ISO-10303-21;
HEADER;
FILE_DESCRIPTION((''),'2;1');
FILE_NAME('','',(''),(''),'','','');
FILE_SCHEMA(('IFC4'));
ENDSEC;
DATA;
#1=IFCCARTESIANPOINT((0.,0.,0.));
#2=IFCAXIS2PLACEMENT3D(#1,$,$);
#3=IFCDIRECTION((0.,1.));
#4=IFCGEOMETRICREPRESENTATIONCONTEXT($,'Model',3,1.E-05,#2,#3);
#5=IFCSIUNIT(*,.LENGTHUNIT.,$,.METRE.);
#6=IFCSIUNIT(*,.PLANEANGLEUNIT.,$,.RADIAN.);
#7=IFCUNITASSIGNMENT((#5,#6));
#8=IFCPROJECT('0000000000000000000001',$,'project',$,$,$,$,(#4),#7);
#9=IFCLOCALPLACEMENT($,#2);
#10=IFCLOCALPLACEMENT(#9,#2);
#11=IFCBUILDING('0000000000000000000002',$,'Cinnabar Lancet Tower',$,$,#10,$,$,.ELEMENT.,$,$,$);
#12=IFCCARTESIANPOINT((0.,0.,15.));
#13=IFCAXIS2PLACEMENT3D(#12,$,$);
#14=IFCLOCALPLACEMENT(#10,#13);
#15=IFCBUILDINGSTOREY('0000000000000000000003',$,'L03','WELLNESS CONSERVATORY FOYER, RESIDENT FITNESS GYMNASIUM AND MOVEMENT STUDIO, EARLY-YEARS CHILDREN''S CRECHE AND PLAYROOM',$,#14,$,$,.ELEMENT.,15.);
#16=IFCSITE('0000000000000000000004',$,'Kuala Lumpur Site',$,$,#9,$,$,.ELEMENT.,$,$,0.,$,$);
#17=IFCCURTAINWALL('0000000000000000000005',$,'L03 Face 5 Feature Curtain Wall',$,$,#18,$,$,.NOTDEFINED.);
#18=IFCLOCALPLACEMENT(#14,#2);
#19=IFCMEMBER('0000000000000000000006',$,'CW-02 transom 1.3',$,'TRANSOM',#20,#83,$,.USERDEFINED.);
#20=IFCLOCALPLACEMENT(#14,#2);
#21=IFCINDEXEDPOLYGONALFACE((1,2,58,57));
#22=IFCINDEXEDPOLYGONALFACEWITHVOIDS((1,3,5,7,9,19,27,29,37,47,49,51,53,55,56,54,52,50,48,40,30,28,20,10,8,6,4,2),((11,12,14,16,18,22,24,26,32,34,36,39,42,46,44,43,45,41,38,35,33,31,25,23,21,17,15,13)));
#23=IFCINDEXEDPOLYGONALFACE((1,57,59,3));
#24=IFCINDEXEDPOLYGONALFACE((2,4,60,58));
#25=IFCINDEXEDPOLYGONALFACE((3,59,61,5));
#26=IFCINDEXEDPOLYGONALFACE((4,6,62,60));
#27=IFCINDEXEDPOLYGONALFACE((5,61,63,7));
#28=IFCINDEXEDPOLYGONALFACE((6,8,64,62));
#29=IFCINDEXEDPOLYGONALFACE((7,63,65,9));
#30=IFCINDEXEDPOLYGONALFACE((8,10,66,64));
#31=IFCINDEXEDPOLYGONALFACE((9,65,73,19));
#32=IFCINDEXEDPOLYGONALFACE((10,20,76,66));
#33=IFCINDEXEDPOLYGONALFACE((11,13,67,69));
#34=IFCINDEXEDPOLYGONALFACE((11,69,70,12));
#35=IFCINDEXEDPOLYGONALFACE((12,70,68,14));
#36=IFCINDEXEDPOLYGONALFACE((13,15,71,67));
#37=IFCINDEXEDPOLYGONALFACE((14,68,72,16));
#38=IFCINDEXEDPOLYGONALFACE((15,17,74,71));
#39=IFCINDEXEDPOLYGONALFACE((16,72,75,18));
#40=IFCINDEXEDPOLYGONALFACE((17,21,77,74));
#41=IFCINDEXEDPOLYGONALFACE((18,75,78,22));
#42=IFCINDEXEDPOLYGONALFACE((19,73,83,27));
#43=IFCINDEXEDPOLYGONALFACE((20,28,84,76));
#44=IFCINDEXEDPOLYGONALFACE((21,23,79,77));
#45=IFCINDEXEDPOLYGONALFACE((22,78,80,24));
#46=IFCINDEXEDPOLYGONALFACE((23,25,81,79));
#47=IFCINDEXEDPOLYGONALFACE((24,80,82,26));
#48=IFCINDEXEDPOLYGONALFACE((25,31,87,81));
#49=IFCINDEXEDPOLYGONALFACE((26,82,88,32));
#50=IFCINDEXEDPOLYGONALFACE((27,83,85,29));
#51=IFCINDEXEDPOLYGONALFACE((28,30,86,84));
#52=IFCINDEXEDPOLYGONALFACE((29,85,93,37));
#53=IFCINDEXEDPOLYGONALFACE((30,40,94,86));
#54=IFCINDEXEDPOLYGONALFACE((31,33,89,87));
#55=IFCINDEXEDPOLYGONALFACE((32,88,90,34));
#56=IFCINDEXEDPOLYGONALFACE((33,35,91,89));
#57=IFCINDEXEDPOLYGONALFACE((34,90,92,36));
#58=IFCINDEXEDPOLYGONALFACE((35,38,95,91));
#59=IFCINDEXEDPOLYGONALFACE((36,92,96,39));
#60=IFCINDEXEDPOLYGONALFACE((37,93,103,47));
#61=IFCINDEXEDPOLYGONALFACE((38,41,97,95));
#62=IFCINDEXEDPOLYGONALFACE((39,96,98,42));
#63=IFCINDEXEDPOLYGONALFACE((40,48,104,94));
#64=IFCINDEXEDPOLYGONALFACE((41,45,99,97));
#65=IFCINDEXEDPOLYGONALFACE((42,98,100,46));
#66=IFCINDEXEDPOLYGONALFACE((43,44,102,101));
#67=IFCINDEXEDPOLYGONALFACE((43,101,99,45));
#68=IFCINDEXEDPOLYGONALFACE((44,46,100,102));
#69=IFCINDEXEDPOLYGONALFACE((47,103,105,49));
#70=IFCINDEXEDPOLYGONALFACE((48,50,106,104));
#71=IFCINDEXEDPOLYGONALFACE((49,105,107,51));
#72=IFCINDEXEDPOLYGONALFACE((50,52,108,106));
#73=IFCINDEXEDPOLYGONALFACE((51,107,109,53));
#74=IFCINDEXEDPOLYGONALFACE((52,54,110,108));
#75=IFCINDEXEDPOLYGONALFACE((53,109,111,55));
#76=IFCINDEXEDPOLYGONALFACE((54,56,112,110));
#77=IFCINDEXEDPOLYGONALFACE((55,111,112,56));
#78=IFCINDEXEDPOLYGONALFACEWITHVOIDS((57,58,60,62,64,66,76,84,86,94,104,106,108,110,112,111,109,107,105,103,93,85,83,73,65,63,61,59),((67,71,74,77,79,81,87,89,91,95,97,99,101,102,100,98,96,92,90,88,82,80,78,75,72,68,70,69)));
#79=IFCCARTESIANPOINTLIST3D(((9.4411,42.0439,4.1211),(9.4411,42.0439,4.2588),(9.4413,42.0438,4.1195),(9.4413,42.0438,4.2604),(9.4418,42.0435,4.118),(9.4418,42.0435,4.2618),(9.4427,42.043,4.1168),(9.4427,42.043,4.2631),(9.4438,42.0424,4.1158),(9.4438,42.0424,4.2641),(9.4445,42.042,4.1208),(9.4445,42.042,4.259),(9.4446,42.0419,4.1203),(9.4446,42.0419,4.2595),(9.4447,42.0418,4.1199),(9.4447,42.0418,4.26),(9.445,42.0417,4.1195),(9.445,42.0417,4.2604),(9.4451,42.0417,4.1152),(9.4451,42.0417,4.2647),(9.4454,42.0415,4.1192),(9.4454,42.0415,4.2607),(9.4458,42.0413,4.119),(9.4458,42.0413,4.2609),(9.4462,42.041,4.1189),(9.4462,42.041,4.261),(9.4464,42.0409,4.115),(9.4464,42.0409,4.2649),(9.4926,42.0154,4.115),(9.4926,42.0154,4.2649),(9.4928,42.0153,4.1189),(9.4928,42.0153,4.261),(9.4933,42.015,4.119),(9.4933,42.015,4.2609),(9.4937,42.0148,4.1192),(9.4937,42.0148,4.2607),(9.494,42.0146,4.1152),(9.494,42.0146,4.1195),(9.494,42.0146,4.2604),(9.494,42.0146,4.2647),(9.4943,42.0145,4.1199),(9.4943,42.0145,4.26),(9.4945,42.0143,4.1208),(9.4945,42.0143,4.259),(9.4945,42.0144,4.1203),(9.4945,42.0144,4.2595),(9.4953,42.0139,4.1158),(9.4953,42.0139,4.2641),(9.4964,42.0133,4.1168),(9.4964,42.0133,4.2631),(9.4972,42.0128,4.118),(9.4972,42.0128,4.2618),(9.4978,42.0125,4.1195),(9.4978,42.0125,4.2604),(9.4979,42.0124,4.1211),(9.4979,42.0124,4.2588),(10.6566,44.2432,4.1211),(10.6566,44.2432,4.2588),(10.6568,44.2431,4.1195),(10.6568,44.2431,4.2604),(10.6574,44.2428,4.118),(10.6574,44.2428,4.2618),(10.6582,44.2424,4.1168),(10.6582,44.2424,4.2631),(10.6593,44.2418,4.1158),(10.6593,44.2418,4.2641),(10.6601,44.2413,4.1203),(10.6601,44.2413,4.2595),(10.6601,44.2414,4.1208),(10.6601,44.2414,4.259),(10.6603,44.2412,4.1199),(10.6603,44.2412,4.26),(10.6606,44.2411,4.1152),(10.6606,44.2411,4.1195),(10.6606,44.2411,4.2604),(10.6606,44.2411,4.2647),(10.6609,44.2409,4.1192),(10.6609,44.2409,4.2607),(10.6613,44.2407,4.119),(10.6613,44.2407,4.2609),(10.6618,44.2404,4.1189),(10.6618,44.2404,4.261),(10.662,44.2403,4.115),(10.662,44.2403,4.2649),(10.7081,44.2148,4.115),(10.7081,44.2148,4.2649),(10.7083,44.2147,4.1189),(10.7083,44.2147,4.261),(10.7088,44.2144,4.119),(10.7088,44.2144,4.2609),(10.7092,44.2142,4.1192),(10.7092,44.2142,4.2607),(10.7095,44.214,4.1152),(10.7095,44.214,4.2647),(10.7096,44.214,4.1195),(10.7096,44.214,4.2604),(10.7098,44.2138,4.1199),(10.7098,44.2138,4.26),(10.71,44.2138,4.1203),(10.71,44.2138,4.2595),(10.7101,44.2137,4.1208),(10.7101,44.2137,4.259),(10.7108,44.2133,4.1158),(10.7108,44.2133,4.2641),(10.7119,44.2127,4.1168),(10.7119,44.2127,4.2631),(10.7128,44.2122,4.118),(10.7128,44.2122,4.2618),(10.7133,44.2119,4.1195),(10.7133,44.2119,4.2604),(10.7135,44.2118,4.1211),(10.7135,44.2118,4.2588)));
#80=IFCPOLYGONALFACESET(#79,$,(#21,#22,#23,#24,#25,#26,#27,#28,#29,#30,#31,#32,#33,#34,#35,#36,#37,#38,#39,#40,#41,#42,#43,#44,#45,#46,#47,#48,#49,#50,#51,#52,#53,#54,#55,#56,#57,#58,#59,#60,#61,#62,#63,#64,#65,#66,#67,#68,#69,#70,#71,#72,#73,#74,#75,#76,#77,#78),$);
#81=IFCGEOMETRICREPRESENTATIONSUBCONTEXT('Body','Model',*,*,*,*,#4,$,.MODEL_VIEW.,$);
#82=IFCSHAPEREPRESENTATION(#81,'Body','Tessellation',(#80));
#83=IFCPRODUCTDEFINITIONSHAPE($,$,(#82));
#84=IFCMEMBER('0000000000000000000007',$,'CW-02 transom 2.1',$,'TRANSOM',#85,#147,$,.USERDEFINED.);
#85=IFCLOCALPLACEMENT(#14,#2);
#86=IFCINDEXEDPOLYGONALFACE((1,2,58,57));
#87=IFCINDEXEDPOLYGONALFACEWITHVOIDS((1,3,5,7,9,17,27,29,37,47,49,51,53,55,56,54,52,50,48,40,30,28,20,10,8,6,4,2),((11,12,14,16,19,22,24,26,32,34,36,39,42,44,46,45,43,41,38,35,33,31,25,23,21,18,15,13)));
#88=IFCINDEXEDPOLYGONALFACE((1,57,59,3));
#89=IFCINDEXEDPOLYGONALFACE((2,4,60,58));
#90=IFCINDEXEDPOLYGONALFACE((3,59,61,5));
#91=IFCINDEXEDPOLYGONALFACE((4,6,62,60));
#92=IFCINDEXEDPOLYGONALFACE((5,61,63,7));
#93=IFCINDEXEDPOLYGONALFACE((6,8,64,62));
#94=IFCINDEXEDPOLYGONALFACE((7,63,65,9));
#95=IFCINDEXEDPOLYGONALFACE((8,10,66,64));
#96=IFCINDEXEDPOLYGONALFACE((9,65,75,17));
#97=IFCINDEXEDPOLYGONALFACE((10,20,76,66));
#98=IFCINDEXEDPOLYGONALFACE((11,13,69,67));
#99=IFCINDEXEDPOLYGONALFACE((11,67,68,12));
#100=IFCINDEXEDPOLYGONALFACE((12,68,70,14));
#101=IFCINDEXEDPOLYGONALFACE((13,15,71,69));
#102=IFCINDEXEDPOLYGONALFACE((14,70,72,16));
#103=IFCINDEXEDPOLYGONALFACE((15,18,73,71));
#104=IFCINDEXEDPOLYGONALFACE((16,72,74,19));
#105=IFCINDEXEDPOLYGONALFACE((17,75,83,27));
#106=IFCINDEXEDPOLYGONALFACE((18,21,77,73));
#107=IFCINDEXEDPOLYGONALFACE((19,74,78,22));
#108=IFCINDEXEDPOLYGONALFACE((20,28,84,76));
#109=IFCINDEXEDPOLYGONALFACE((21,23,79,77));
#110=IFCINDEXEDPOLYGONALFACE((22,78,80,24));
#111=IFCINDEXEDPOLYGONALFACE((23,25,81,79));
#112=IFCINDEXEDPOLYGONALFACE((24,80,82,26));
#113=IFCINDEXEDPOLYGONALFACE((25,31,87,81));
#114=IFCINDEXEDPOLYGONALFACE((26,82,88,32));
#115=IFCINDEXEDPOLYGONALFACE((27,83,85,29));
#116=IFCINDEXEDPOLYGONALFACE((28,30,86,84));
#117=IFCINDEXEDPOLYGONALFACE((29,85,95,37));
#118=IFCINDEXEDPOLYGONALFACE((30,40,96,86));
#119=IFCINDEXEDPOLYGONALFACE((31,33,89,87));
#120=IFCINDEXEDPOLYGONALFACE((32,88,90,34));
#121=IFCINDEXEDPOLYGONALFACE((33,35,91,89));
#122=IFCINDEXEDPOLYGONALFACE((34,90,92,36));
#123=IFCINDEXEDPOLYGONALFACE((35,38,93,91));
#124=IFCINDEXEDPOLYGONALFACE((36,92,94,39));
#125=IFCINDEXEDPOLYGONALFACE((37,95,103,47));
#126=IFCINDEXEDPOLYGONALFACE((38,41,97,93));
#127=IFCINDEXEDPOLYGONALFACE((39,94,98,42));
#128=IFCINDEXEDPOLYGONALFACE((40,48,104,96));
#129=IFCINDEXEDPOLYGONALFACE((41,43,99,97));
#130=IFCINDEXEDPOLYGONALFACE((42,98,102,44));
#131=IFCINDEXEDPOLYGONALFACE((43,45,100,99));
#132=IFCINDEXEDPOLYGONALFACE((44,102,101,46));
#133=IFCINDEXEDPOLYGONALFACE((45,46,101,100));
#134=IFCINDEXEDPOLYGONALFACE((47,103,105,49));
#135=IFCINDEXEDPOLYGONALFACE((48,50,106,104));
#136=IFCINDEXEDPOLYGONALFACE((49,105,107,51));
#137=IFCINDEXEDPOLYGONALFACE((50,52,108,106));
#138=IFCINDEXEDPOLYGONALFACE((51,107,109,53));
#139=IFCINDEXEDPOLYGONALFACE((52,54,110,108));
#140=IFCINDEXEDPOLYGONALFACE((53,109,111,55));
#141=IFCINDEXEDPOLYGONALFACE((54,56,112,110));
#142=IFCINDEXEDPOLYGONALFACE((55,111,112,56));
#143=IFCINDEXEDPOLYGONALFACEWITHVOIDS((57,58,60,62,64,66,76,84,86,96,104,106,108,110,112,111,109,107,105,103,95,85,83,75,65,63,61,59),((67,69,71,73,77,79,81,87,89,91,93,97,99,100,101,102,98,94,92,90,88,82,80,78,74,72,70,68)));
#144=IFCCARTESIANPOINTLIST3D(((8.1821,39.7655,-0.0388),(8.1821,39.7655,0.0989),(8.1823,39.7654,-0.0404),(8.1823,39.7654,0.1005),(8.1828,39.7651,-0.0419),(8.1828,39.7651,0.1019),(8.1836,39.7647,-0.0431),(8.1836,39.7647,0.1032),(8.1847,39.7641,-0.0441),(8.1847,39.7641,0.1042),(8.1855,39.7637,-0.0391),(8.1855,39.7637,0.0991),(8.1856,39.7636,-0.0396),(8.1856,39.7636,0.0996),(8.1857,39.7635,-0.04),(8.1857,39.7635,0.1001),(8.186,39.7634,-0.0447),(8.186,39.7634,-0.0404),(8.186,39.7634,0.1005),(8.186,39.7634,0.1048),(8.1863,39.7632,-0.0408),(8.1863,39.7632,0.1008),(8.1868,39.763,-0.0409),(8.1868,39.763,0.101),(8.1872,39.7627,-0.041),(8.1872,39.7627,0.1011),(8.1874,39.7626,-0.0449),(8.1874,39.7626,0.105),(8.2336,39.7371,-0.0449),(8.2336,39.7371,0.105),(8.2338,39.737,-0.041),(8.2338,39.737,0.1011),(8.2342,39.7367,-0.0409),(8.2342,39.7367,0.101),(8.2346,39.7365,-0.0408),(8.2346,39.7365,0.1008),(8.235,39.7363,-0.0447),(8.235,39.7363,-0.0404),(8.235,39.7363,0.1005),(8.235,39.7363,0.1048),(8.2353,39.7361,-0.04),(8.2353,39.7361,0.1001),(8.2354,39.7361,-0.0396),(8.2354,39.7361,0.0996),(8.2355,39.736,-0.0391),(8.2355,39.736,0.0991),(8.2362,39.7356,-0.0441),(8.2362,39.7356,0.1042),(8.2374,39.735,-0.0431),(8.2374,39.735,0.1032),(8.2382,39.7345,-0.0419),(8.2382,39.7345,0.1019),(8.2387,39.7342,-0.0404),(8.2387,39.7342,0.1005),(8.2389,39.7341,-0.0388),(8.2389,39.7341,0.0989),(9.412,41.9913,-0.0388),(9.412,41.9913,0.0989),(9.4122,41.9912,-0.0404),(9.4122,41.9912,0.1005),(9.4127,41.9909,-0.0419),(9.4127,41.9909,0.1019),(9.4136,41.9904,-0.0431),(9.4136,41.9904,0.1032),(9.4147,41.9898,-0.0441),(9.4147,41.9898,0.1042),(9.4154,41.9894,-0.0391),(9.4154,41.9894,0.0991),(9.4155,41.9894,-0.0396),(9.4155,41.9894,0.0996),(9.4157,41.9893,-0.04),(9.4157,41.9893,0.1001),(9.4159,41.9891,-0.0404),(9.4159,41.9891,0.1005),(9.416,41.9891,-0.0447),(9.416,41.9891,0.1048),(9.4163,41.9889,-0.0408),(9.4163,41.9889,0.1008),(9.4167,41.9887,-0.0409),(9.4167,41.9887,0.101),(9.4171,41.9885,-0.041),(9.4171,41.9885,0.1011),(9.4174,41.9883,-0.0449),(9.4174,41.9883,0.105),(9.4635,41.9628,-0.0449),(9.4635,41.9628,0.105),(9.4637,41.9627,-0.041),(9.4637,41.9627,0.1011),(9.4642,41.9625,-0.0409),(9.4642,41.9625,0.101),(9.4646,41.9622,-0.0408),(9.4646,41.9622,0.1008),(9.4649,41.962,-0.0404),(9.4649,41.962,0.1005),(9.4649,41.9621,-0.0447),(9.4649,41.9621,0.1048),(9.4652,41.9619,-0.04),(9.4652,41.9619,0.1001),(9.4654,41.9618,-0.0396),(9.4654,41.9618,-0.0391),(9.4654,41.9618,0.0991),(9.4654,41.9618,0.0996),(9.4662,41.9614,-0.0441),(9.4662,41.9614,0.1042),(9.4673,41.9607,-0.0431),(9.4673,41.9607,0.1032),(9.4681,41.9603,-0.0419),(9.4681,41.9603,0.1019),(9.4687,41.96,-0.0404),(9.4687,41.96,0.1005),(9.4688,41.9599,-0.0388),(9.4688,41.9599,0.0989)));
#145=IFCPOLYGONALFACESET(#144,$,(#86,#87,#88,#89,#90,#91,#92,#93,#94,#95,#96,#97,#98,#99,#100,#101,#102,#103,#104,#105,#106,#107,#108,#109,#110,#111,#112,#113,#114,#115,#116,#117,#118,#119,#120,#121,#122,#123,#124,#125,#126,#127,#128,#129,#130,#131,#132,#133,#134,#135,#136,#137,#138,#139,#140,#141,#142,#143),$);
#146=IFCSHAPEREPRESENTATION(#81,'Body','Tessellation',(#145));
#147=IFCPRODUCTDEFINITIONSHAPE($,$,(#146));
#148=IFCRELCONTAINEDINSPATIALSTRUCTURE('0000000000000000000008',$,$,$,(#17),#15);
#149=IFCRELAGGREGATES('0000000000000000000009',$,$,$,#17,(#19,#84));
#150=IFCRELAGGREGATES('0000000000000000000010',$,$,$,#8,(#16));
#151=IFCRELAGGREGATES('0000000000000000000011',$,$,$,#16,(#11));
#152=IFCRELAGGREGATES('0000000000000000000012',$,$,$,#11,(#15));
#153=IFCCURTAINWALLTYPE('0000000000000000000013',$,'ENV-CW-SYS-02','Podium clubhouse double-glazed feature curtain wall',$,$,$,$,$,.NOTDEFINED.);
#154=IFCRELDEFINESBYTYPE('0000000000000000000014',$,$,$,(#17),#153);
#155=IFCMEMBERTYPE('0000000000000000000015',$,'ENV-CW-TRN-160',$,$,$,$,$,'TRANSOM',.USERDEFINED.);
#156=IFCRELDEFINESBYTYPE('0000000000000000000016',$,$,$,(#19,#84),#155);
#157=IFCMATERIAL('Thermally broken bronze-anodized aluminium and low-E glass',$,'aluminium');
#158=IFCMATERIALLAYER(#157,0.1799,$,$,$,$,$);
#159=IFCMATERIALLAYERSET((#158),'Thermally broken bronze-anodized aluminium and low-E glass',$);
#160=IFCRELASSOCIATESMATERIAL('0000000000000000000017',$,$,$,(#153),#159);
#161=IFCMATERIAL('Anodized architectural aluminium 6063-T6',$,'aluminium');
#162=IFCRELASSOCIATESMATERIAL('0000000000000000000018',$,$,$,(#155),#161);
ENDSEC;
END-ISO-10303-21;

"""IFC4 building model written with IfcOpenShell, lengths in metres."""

from ifc_helpers import new_model, si_unit, direction, frame, origin, origin_2d, place, context, subcontext, project, spatial, hollow_rectangle, extrude, material, layer, layer_set, material_profile, profile_set, type_object, element, aggregate, save


model = new_model("IFC4")

# Units and contexts
model_context = context("Model", 3, precision=1e-05, world=origin(), true_north=direction((0.0, 1.0)))
body_context = subcontext(model_context, "Body", "Model", "MODEL_VIEW")
ifc_project = project(units=[si_unit("LENGTHUNIT", "METRE"), si_unit("PLANEANGLEUNIT", "RADIAN")], contexts=[model_context])

# Site, building, storey
site_placement = place(None, origin())
site = spatial("IfcSite", under=ifc_project, at=site_placement, Name="Kuala Lumpur Site", CompositionType="ELEMENT", RefElevation=0.0)
building_placement = place(site_placement, origin())
building = spatial("IfcBuilding", under=site, at=building_placement, Name="Cinnabar Lancet Tower", CompositionType="ELEMENT")
storey_placement = place(building_placement, frame((0.0, 0.0, 15.0)))
storey = spatial("IfcBuildingStorey", under=building, at=storey_placement, Name="L03", Description="WELLNESS CONSERVATORY FOYER, RESIDENT FITNESS GYMNASIUM AND MOVEMENT STUDIO, EARLY-YEARS CHILDREN'S CRECHE AND PLAYROOM", CompositionType="ELEMENT", Elevation=15.0)

# Curtain wall, members
ifc_material_1 = material(Name="Thermally broken bronze-anodized aluminium and low-E glass", Category="aluminium")
ifc_layer_1 = layer(ifc_material_1, 0.1799)
ifc_layer_set_1 = layer_set([ifc_layer_1], Name="Thermally broken bronze-anodized aluminium and low-E glass")
curtain_wall_type = type_object("IfcCurtainWallType", Name="ENV-CW-SYS-02", Description="Podium clubhouse double-glazed feature curtain wall", PredefinedType="NOTDEFINED", material=ifc_layer_set_1)
curtain_wall_placement = place(storey_placement, origin())
curtain_wall = element("IfcCurtainWall", 1, at=curtain_wall_placement, inside=storey, type_object=curtain_wall_type, Name="L03 Face 5 Feature Curtain Wall", PredefinedType="NOTDEFINED")
ifc_material_2 = material(Name="Anodized architectural aluminium 6063-T6", Category="aluminium")
ifc_material_profile_1 = material_profile(ifc_material_2, hollow_rectangle(XDim=0.0649, YDim=0.1499, WallThickness=0.0039, InnerFilletRadius=0.002, OuterFilletRadius=0.0061, at=origin_2d()), Name="CW-TRN 150x65x4")
ifc_profile_set_1 = profile_set([ifc_material_profile_1], Name="Anodized architectural aluminium 6063-T6")
member_type_1 = type_object("IfcMemberType", Name="ENV-CW-TRN-160", ElementType="TRANSOM", PredefinedType="USERDEFINED", material=ifc_profile_set_1)
member_1_placement = place(storey_placement, frame((10.6851, 44.2275, 4.1899), z_axis=(-0.483712, -0.875227, 0.0), x_axis=(0.875227, -0.483712, 0.0)))
member_1 = element("IfcMember", 2, at=member_1_placement, type_object=member_type_1, Name="CW-02 transom 1.3", ObjectType="TRANSOM", PredefinedType="USERDEFINED", context=body_context, shape_type="SweptSolid", body=[
    extrude(hollow_rectangle(XDim=0.0649, YDim=0.1499, WallThickness=0.0039, InnerFilletRadius=0.002, OuterFilletRadius=0.0061, at=origin_2d()), origin(), (0.0, 0.0, 1.0), 2.5129),
])
member_2_placement = place(storey_placement, frame((9.4404, 41.9756, 0.03), z_axis=(-0.483661, -0.875255, 0.0), x_axis=(0.875255, -0.483661, 0.0)))
member_2 = element("IfcMember", 3, at=member_2_placement, type_object=member_type_1, Name="CW-02 transom 2.1", ObjectType="TRANSOM", PredefinedType="USERDEFINED", context=body_context, shape_type="SweptSolid", body=[
    extrude(hollow_rectangle(XDim=0.0649, YDim=0.1499, WallThickness=0.0039, InnerFilletRadius=0.002, OuterFilletRadius=0.0061, at=origin_2d()), origin(), (0.0, 0.0, 1.0), 2.543),
])

aggregate(curtain_wall, [member_1, member_2])

save(model, "model.ifc")
